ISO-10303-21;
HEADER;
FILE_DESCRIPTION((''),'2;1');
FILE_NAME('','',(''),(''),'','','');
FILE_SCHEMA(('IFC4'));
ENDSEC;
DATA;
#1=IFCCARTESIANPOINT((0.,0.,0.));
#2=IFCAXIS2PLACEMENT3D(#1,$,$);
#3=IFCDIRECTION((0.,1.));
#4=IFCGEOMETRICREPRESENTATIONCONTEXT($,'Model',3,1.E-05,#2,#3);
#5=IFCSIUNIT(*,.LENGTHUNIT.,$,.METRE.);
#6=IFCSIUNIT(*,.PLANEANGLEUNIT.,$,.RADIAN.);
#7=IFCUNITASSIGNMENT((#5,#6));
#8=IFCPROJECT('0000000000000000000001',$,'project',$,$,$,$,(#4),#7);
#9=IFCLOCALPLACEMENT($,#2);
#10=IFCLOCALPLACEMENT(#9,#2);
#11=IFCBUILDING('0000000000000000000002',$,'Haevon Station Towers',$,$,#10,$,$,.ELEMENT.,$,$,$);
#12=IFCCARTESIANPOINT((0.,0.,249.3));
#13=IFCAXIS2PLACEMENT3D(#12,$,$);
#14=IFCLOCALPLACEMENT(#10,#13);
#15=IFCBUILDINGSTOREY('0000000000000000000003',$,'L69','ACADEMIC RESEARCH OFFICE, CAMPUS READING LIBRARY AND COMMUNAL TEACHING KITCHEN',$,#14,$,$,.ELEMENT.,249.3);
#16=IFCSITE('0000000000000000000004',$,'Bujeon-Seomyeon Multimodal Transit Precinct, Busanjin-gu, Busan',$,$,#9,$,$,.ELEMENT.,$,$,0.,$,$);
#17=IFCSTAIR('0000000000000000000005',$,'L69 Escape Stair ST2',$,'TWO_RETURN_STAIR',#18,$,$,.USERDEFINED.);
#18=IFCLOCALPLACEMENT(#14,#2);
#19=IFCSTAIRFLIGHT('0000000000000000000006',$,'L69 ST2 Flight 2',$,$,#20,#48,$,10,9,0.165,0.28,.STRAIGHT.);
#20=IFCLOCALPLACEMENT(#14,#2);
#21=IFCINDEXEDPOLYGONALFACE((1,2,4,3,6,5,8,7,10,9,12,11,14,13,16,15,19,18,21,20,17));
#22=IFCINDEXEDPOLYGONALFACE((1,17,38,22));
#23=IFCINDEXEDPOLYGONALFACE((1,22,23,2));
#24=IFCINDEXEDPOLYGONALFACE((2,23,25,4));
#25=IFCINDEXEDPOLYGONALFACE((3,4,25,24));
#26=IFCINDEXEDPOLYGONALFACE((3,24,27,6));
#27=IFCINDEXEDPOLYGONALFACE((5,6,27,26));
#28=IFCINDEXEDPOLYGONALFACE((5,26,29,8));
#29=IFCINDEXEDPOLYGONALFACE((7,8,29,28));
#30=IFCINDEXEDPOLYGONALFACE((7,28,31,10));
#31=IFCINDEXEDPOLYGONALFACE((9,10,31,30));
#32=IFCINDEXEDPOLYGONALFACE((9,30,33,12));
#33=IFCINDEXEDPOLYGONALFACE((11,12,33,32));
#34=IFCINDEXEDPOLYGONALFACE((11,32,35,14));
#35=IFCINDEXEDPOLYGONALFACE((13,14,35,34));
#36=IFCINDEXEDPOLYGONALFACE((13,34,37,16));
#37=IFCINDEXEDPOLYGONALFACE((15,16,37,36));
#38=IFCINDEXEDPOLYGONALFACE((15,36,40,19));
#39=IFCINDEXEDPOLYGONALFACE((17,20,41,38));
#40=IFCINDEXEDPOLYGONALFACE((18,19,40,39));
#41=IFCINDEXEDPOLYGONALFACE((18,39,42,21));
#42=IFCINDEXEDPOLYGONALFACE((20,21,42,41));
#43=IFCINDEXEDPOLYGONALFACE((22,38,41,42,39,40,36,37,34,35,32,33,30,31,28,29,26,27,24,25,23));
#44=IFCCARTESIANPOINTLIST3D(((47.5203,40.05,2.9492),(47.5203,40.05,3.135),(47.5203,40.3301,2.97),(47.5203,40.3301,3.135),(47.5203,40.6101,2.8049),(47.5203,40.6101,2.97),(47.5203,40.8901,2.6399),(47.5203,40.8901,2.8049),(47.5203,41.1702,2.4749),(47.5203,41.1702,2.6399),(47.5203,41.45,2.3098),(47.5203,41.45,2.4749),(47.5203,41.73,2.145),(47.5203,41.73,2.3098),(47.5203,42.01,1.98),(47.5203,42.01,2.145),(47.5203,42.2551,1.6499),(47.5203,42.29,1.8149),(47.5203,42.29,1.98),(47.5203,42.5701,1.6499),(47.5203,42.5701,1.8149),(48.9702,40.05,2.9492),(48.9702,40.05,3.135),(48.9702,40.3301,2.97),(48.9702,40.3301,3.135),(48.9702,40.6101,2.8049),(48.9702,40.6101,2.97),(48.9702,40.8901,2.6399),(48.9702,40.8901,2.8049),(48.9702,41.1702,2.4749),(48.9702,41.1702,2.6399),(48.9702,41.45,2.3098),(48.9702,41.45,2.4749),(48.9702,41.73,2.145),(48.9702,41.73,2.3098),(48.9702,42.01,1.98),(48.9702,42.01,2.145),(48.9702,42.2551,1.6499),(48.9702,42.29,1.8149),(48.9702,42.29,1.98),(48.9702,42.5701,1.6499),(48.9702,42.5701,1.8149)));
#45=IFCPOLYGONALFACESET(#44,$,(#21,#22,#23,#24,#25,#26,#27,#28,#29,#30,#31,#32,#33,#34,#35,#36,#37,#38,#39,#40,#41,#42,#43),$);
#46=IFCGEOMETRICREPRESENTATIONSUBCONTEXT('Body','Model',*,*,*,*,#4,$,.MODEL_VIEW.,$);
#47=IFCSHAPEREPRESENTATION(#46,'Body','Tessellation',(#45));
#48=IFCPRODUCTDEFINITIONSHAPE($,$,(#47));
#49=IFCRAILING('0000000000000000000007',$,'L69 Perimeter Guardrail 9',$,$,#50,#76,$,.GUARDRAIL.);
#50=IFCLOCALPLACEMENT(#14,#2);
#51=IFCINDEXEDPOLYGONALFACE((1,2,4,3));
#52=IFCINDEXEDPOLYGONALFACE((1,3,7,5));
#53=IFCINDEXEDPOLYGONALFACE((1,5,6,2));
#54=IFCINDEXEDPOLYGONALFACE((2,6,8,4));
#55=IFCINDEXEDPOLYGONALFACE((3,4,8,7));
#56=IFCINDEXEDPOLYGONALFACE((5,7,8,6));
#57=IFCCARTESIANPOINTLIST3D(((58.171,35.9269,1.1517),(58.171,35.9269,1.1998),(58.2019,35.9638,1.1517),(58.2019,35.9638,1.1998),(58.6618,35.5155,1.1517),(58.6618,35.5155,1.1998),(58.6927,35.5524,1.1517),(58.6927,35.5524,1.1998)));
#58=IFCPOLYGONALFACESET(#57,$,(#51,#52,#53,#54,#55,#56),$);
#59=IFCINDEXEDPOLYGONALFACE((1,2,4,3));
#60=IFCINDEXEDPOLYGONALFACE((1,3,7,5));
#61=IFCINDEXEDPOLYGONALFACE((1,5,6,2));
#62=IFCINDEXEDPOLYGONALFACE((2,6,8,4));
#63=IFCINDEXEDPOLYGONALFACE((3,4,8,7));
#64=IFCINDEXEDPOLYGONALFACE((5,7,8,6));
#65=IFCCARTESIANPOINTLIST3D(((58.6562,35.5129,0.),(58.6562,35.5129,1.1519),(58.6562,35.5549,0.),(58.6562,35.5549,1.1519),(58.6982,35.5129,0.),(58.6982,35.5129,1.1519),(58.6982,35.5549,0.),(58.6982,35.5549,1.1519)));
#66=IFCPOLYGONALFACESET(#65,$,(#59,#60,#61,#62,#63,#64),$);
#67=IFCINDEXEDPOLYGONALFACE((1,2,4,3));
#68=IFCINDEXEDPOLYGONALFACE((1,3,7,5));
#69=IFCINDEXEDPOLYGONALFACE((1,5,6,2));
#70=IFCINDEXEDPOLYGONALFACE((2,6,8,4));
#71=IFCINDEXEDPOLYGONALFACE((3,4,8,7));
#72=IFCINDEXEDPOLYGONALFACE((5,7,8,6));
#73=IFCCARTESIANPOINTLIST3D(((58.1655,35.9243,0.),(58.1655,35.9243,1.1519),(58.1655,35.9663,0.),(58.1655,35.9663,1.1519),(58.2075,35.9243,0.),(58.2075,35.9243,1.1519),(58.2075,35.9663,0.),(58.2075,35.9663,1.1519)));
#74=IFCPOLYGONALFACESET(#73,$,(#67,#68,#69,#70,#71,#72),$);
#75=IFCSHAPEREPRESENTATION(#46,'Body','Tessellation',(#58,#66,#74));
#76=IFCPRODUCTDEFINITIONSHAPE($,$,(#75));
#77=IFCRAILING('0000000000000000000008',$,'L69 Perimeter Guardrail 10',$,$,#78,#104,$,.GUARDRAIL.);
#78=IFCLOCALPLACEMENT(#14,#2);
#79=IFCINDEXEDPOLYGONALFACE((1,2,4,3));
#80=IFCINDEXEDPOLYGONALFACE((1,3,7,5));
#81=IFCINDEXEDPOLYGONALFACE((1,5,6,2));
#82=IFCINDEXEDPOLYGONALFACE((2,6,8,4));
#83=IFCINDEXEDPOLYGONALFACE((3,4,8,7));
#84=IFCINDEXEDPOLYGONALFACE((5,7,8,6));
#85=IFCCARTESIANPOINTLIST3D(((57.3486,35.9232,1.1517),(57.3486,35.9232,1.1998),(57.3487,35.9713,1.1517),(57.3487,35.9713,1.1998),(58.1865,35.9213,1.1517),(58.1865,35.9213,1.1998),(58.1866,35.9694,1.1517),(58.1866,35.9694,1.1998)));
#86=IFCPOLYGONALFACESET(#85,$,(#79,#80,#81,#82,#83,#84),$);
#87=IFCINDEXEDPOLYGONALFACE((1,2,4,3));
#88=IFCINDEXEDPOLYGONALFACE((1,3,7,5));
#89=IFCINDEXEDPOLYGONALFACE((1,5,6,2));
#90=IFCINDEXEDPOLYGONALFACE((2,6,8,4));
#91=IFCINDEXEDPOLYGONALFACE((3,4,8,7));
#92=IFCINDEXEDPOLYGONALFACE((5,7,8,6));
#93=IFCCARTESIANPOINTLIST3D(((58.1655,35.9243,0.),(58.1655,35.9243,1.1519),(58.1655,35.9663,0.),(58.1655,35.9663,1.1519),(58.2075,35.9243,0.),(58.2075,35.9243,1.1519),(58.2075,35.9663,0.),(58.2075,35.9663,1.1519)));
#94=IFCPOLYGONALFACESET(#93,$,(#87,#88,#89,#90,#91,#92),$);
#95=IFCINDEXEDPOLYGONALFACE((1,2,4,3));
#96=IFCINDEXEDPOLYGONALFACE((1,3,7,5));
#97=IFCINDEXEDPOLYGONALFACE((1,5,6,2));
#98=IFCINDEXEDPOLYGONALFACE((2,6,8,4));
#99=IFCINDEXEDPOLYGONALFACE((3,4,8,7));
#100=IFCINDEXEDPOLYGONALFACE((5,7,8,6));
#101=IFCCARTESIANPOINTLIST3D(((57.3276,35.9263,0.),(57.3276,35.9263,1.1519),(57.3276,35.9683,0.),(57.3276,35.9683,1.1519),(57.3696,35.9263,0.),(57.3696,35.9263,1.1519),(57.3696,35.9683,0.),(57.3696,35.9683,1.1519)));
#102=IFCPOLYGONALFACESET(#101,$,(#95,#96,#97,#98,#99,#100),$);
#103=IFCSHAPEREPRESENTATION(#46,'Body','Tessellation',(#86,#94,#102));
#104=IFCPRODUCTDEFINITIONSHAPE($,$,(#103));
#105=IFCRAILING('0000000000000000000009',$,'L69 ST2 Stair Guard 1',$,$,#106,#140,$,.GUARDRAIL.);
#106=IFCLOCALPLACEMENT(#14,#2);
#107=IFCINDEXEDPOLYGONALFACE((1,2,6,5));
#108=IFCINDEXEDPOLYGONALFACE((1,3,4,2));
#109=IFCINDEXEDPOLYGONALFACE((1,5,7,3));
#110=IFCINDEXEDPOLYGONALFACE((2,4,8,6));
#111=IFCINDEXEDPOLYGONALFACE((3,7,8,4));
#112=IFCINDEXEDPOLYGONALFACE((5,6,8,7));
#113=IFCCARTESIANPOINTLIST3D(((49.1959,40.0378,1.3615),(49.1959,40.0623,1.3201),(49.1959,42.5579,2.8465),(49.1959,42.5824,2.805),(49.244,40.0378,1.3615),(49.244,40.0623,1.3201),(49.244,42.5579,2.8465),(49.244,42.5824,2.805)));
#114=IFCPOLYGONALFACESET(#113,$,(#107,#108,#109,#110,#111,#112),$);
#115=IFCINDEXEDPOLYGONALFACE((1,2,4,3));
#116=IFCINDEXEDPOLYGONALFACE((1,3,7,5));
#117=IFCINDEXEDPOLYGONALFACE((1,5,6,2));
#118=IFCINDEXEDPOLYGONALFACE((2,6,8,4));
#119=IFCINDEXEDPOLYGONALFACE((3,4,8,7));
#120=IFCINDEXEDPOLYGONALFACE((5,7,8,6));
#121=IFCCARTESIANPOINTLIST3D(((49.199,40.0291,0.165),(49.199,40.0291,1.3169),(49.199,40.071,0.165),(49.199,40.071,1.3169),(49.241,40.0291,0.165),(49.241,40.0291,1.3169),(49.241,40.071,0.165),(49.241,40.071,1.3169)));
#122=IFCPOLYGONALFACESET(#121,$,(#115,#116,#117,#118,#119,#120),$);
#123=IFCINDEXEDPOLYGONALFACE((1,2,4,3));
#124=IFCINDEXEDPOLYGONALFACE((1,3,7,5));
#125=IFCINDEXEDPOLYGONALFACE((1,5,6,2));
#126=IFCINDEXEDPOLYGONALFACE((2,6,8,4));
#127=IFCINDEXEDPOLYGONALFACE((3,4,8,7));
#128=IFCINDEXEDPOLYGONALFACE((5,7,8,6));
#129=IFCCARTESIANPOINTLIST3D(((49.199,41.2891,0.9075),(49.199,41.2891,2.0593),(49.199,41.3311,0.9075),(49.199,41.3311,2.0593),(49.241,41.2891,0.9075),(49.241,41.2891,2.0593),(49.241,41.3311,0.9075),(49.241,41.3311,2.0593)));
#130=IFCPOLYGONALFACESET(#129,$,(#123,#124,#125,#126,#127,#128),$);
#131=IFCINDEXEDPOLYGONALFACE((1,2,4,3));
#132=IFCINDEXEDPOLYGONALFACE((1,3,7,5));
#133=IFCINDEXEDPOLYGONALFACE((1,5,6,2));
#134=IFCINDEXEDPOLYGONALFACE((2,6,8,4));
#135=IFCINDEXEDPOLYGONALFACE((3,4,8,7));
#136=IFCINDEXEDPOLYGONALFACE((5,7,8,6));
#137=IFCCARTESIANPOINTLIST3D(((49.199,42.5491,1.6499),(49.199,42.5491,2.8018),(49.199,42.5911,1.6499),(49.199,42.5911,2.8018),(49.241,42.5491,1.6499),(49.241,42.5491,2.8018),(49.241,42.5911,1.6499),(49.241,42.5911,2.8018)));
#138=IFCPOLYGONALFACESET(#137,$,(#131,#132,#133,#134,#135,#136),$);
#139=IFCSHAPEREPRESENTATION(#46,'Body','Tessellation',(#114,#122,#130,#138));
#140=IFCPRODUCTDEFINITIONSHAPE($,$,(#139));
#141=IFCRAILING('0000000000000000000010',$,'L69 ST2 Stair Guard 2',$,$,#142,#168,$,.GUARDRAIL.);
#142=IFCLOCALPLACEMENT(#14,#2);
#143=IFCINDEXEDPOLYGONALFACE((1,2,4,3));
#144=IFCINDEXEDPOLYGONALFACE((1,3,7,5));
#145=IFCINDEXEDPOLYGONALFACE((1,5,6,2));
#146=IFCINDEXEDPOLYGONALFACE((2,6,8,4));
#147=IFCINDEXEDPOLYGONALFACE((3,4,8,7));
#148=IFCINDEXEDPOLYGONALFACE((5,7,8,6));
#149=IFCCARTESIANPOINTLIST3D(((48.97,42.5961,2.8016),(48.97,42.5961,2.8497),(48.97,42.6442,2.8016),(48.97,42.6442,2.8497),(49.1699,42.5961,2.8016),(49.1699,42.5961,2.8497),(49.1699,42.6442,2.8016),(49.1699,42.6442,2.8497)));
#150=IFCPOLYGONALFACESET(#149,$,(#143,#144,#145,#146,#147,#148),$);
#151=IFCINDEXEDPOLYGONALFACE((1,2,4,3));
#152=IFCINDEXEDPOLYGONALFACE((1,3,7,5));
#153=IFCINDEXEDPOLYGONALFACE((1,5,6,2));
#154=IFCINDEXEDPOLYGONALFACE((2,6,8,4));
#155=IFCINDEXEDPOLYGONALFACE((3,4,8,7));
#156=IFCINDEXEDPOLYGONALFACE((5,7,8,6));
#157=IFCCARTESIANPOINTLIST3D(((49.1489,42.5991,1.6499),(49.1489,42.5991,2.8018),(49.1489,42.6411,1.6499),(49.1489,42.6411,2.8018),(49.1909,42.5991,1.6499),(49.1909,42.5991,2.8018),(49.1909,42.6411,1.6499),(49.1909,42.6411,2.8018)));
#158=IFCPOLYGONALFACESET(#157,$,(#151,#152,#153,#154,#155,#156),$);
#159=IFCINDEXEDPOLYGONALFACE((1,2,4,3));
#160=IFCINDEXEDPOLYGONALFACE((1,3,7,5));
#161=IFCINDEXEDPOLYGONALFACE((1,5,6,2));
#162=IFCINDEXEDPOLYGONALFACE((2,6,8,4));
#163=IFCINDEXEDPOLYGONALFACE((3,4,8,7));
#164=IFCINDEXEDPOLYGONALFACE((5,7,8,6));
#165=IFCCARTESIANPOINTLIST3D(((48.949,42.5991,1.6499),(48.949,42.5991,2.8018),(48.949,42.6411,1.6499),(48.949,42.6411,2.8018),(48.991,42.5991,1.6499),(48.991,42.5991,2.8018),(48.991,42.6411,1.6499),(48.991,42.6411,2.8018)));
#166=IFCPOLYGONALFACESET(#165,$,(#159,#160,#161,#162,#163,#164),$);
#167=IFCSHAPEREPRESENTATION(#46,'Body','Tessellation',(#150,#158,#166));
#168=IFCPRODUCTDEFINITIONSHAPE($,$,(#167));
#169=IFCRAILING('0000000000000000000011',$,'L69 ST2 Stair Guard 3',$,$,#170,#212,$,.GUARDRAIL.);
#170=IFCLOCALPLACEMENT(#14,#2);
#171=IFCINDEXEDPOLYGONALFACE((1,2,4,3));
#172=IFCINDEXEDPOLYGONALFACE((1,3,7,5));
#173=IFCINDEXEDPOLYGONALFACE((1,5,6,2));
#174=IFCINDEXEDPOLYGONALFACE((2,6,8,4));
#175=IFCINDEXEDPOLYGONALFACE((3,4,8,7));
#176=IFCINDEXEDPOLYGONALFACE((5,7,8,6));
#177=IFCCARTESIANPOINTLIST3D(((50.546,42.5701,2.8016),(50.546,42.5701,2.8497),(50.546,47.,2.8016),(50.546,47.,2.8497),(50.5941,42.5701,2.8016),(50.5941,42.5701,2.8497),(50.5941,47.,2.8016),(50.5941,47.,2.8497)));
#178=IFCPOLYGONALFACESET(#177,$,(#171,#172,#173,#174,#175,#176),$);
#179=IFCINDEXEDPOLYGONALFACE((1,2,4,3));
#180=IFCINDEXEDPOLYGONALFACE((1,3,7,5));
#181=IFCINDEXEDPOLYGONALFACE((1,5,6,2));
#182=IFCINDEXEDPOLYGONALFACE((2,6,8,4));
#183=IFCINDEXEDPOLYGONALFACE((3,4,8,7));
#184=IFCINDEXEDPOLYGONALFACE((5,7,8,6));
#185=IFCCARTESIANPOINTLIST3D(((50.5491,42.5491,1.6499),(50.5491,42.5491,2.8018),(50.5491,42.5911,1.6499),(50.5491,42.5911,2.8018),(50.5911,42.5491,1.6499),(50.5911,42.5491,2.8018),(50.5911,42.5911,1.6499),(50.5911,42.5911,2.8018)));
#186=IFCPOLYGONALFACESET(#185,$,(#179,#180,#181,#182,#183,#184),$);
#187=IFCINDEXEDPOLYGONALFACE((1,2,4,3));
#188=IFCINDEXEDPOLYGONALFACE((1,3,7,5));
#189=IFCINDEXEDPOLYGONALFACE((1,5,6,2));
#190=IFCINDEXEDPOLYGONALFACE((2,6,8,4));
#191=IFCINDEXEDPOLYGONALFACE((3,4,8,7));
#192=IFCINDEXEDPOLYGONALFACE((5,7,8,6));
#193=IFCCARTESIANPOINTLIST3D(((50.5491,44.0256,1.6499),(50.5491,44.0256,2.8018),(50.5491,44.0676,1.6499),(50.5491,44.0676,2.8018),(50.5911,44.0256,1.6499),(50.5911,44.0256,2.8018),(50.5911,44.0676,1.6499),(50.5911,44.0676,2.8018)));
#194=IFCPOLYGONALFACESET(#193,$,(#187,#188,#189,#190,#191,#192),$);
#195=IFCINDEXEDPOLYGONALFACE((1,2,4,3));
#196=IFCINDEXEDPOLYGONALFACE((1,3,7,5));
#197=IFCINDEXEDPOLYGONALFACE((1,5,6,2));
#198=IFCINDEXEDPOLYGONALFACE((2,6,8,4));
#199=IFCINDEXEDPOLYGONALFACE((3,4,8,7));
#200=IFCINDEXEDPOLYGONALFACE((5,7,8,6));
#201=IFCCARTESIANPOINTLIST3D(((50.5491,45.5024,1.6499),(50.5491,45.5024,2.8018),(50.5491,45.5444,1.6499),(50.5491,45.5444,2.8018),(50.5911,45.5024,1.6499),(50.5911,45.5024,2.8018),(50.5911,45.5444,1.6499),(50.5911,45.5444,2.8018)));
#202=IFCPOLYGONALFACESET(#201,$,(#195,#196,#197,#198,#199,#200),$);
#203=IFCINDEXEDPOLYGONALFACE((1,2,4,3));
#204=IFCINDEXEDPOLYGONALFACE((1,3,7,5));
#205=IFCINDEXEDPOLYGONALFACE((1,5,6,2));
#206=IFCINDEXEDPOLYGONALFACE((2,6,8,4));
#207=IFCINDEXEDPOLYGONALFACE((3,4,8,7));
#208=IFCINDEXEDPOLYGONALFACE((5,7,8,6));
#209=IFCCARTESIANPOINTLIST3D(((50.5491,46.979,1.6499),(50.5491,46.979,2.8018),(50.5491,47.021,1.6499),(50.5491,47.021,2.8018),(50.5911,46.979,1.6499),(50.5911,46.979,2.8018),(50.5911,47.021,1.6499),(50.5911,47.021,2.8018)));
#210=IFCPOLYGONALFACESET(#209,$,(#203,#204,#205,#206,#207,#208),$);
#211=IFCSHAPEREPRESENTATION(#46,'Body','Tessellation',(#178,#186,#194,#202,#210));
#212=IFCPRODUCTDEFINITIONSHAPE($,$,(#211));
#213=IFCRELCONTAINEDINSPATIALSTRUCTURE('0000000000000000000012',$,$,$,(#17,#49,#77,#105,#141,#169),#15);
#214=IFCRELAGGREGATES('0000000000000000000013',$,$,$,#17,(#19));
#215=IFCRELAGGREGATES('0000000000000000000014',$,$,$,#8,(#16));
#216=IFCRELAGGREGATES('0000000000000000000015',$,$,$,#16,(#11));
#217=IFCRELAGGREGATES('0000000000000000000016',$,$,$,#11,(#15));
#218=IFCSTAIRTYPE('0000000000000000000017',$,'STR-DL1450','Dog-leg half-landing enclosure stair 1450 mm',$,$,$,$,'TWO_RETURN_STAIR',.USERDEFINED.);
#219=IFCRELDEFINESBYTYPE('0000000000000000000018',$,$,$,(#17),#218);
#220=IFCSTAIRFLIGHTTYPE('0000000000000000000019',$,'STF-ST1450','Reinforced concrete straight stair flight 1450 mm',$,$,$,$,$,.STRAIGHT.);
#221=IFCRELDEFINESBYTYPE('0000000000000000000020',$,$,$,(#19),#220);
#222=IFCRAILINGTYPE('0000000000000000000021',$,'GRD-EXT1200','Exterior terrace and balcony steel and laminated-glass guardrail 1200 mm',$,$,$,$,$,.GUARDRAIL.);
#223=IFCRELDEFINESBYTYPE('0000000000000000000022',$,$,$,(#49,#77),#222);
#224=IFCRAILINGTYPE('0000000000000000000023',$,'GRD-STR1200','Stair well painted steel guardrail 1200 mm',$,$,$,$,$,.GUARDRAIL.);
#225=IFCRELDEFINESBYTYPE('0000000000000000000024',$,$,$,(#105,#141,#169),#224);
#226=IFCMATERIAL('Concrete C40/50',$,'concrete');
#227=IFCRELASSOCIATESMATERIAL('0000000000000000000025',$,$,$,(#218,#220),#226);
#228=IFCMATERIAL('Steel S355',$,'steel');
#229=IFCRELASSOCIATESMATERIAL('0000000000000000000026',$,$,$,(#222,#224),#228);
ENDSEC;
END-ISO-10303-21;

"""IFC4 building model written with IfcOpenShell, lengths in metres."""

from ifc_helpers import new_model, si_unit, direction, frame, origin, origin_2d, place, context, subcontext, project, spatial, polyline, rectangle, outline, extrude, material, type_object, element, aggregate, save


model = new_model("IFC4")

# Units and contexts
model_context = context("Model", 3, precision=1e-05, world=origin(), true_north=direction((0.0, 1.0)))
body_context = subcontext(model_context, "Body", "Model", "MODEL_VIEW")
ifc_project = project(units=[si_unit("LENGTHUNIT", "METRE"), si_unit("PLANEANGLEUNIT", "RADIAN")], contexts=[model_context])

# Site, building, storey
site_placement = place(None, origin())
site = spatial("IfcSite", under=ifc_project, at=site_placement, Name="Bujeon-Seomyeon Multimodal Transit Precinct, Busanjin-gu, Busan", CompositionType="ELEMENT", RefElevation=0.0)
building_placement = place(site_placement, origin())
building = spatial("IfcBuilding", under=site, at=building_placement, Name="Haevon Station Towers", CompositionType="ELEMENT")
storey_placement = place(building_placement, frame((0.0, 0.0, 249.3)))
storey = spatial("IfcBuildingStorey", under=building, at=storey_placement, Name="L69", Description="ACADEMIC RESEARCH OFFICE, CAMPUS READING LIBRARY AND COMMUNAL TEACHING KITCHEN", CompositionType="ELEMENT", Elevation=249.3)

# Shared definitions
ifc_material_1 = material(Name="Steel S355", Category="steel")

# Stair, stair flight
ifc_material_2 = material(Name="Concrete C40/50", Category="concrete")
stair_type = type_object("IfcStairType", Name="STR-DL1450", Description="Dog-leg half-landing enclosure stair 1450 mm", ElementType="TWO_RETURN_STAIR", PredefinedType="USERDEFINED", material=ifc_material_2)
stair_placement = place(storey_placement, origin())
stair = element("IfcStair", 1, at=stair_placement, inside=storey, type_object=stair_type, Name="L69 Escape Stair ST2", ObjectType="TWO_RETURN_STAIR", PredefinedType="USERDEFINED")
stair_flight_type = type_object("IfcStairFlightType", Name="STF-ST1450", Description="Reinforced concrete straight stair flight 1450 mm", PredefinedType="STRAIGHT", material=ifc_material_2)
stair_flight_1_placement = place(storey_placement, frame((48.2451, 42.5701, 1.6499), z_axis=(0.0, 0.0, 1.0), x_axis=(0.0, -1.0, 0.0)))
stair_flight_1 = element("IfcStairFlight", 2, at=stair_flight_1_placement, type_object=stair_flight_type, Name="L69 ST2 Flight 2", NumberOfRisers=10, NumberOfTreads=9, PredefinedType="STRAIGHT", RiserHeight=0.165, TreadLength=0.28, context=body_context, shape_type="SweptSolid", body=[
    extrude(outline(polyline([(0.0, 0.0), (0.0, 0.165), (0.28, 0.165), (0.28, 0.3301), (0.5601, 0.3301), (0.5601, 0.4951), (0.8401, 0.4951), (0.8401, 0.6599), (1.1201, 0.6599), (1.1201, 0.825), (1.3999, 0.825), (1.3999, 0.99), (1.6799, 0.99), (1.6799, 1.155), (1.96, 1.155), (1.96, 1.3201), (2.24, 1.3201), (2.24, 1.4851), (2.52, 1.4851), (2.52, 1.6499), (2.52, 1.2993), (0.3149, 0.0), (0.0, 0.0)])), frame((0.0, 0.7251, 0.0), z_axis=(0.0, -1.0, 0.0), x_axis=(1.0, 0.0, 0.0)), (0.0, 0.0, 1.0), 1.45),
])
aggregate(stair, [stair_flight_1])

# Railings
railing_type_1 = type_object("IfcRailingType", Name="GRD-EXT1200", Description="Exterior terrace and balcony steel and laminated-glass guardrail 1200 mm", PredefinedType="GUARDRAIL", material=ifc_material_1)
railing_1_placement = place(storey_placement, frame((58.6772, 35.5339, 0.0)))
element("IfcRailing", 3, at=railing_1_placement, inside=storey, type_object=railing_type_1, Name="L69 Perimeter Guardrail 9", PredefinedType="GUARDRAIL", context=body_context, shape_type="SweptSolid", body=[
    extrude(rectangle(XDim=0.0481, YDim=0.0481, at=origin_2d()), frame((0.0, 0.0, 1.1758), z_axis=(-0.766343, 0.642432, 0.0), x_axis=(-0.642432, -0.766343, 0.0)), (0.0, 0.0, 1.0), 0.6404),
    extrude(rectangle(XDim=0.042, YDim=0.042, at=origin_2d()), origin(), (0.0, 0.0, 1.0), 1.1519),
    extrude(rectangle(XDim=0.042, YDim=0.042, at=origin_2d()), frame((-0.4907, 0.4114, 0.0)), (0.0, 0.0, 1.0), 1.1519),
])
railing_2_placement = place(storey_placement, frame((58.1865, 35.9453, 0.0)))
element("IfcRailing", 4, at=railing_2_placement, inside=storey, type_object=railing_type_1, Name="L69 Perimeter Guardrail 10", PredefinedType="GUARDRAIL", context=body_context, shape_type="SweptSolid", body=[
    extrude(rectangle(XDim=0.0481, YDim=0.0481, at=origin_2d()), frame((0.0, 0.0, 1.1758), z_axis=(-0.999997, 0.002331, 0.0), x_axis=(-0.002331, -0.999997, 0.0)), (0.0, 0.0, 1.0), 0.8379),
    extrude(rectangle(XDim=0.042, YDim=0.042, at=origin_2d()), origin(), (0.0, 0.0, 1.0), 1.1519),
    extrude(rectangle(XDim=0.042, YDim=0.042, at=origin_2d()), frame((-0.8379, 0.002, 0.0)), (0.0, 0.0, 1.0), 1.1519),
])
railing_type_2 = type_object("IfcRailingType", Name="GRD-STR1200", Description="Stair well painted steel guardrail 1200 mm", PredefinedType="GUARDRAIL", material=ifc_material_1)
railing_3_placement = place(storey_placement, frame((49.22, 40.05, 0.165)))
element("IfcRailing", 5, at=railing_3_placement, inside=storey, type_object=railing_type_2, Name="L69 ST2 Stair Guard 1", PredefinedType="GUARDRAIL", context=body_context, shape_type="SweptSolid", body=[
    extrude(rectangle(XDim=0.0481, YDim=0.0481, at=origin_2d()), frame((0.0, 0.0, 1.1758), z_axis=(0.0, 0.861561, 0.507655), x_axis=(-1.0, 0.0, 0.0)), (0.0, 0.0, 1.0), 2.925),
    extrude(rectangle(XDim=0.042, YDim=0.042, at=origin_2d()), origin(), (0.0, 0.0, 1.0), 1.1519),
    extrude(rectangle(XDim=0.042, YDim=0.042, at=origin_2d()), frame((0.0, 1.26, 0.7424)), (0.0, 0.0, 1.0), 1.1519),
    extrude(rectangle(XDim=0.042, YDim=0.042, at=origin_2d()), frame((0.0, 2.52, 1.4849)), (0.0, 0.0, 1.0), 1.1519),
])
railing_4_placement = place(storey_placement, frame((49.1699, 42.6201, 1.6499)))
element("IfcRailing", 6, at=railing_4_placement, inside=storey, type_object=railing_type_2, Name="L69 ST2 Stair Guard 2", PredefinedType="GUARDRAIL", context=body_context, shape_type="SweptSolid", body=[
    extrude(rectangle(XDim=0.0481, YDim=0.0481, at=origin_2d()), frame((0.0, 0.0, 1.1758), z_axis=(-1.0, 0.0, 0.0), x_axis=(0.0, -1.0, 0.0)), (0.0, 0.0, 1.0), 0.2),
    extrude(rectangle(XDim=0.042, YDim=0.042, at=origin_2d()), origin(), (0.0, 0.0, 1.0), 1.1519),
    extrude(rectangle(XDim=0.042, YDim=0.042, at=origin_2d()), frame((-0.2, 0.0, 0.0)), (0.0, 0.0, 1.0), 1.1519),
])
railing_5_placement = place(storey_placement, frame((50.5701, 42.5701, 1.6499)))
element("IfcRailing", 7, at=railing_5_placement, inside=storey, type_object=railing_type_2, Name="L69 ST2 Stair Guard 3", PredefinedType="GUARDRAIL", context=body_context, shape_type="SweptSolid", body=[
    extrude(rectangle(XDim=0.0481, YDim=0.0481, at=origin_2d()), frame((0.0, 0.0, 1.1758), z_axis=(0.0, 1.0, 0.0), x_axis=(-1.0, 0.0, 0.0)), (0.0, 0.0, 1.0), 4.4299),
    extrude(rectangle(XDim=0.042, YDim=0.042, at=origin_2d()), origin(), (0.0, 0.0, 1.0), 1.1519),
    extrude(rectangle(XDim=0.042, YDim=0.042, at=origin_2d()), frame((0.0, 1.4766, 0.0)), (0.0, 0.0, 1.0), 1.1519),
    extrude(rectangle(XDim=0.042, YDim=0.042, at=origin_2d()), frame((0.0, 2.9534, 0.0)), (0.0, 0.0, 1.0), 1.1519),
    extrude(rectangle(XDim=0.042, YDim=0.042, at=origin_2d()), frame((0.0, 4.4299, 0.0)), (0.0, 0.0, 1.0), 1.1519),
])

save(model, "model.ifc")
